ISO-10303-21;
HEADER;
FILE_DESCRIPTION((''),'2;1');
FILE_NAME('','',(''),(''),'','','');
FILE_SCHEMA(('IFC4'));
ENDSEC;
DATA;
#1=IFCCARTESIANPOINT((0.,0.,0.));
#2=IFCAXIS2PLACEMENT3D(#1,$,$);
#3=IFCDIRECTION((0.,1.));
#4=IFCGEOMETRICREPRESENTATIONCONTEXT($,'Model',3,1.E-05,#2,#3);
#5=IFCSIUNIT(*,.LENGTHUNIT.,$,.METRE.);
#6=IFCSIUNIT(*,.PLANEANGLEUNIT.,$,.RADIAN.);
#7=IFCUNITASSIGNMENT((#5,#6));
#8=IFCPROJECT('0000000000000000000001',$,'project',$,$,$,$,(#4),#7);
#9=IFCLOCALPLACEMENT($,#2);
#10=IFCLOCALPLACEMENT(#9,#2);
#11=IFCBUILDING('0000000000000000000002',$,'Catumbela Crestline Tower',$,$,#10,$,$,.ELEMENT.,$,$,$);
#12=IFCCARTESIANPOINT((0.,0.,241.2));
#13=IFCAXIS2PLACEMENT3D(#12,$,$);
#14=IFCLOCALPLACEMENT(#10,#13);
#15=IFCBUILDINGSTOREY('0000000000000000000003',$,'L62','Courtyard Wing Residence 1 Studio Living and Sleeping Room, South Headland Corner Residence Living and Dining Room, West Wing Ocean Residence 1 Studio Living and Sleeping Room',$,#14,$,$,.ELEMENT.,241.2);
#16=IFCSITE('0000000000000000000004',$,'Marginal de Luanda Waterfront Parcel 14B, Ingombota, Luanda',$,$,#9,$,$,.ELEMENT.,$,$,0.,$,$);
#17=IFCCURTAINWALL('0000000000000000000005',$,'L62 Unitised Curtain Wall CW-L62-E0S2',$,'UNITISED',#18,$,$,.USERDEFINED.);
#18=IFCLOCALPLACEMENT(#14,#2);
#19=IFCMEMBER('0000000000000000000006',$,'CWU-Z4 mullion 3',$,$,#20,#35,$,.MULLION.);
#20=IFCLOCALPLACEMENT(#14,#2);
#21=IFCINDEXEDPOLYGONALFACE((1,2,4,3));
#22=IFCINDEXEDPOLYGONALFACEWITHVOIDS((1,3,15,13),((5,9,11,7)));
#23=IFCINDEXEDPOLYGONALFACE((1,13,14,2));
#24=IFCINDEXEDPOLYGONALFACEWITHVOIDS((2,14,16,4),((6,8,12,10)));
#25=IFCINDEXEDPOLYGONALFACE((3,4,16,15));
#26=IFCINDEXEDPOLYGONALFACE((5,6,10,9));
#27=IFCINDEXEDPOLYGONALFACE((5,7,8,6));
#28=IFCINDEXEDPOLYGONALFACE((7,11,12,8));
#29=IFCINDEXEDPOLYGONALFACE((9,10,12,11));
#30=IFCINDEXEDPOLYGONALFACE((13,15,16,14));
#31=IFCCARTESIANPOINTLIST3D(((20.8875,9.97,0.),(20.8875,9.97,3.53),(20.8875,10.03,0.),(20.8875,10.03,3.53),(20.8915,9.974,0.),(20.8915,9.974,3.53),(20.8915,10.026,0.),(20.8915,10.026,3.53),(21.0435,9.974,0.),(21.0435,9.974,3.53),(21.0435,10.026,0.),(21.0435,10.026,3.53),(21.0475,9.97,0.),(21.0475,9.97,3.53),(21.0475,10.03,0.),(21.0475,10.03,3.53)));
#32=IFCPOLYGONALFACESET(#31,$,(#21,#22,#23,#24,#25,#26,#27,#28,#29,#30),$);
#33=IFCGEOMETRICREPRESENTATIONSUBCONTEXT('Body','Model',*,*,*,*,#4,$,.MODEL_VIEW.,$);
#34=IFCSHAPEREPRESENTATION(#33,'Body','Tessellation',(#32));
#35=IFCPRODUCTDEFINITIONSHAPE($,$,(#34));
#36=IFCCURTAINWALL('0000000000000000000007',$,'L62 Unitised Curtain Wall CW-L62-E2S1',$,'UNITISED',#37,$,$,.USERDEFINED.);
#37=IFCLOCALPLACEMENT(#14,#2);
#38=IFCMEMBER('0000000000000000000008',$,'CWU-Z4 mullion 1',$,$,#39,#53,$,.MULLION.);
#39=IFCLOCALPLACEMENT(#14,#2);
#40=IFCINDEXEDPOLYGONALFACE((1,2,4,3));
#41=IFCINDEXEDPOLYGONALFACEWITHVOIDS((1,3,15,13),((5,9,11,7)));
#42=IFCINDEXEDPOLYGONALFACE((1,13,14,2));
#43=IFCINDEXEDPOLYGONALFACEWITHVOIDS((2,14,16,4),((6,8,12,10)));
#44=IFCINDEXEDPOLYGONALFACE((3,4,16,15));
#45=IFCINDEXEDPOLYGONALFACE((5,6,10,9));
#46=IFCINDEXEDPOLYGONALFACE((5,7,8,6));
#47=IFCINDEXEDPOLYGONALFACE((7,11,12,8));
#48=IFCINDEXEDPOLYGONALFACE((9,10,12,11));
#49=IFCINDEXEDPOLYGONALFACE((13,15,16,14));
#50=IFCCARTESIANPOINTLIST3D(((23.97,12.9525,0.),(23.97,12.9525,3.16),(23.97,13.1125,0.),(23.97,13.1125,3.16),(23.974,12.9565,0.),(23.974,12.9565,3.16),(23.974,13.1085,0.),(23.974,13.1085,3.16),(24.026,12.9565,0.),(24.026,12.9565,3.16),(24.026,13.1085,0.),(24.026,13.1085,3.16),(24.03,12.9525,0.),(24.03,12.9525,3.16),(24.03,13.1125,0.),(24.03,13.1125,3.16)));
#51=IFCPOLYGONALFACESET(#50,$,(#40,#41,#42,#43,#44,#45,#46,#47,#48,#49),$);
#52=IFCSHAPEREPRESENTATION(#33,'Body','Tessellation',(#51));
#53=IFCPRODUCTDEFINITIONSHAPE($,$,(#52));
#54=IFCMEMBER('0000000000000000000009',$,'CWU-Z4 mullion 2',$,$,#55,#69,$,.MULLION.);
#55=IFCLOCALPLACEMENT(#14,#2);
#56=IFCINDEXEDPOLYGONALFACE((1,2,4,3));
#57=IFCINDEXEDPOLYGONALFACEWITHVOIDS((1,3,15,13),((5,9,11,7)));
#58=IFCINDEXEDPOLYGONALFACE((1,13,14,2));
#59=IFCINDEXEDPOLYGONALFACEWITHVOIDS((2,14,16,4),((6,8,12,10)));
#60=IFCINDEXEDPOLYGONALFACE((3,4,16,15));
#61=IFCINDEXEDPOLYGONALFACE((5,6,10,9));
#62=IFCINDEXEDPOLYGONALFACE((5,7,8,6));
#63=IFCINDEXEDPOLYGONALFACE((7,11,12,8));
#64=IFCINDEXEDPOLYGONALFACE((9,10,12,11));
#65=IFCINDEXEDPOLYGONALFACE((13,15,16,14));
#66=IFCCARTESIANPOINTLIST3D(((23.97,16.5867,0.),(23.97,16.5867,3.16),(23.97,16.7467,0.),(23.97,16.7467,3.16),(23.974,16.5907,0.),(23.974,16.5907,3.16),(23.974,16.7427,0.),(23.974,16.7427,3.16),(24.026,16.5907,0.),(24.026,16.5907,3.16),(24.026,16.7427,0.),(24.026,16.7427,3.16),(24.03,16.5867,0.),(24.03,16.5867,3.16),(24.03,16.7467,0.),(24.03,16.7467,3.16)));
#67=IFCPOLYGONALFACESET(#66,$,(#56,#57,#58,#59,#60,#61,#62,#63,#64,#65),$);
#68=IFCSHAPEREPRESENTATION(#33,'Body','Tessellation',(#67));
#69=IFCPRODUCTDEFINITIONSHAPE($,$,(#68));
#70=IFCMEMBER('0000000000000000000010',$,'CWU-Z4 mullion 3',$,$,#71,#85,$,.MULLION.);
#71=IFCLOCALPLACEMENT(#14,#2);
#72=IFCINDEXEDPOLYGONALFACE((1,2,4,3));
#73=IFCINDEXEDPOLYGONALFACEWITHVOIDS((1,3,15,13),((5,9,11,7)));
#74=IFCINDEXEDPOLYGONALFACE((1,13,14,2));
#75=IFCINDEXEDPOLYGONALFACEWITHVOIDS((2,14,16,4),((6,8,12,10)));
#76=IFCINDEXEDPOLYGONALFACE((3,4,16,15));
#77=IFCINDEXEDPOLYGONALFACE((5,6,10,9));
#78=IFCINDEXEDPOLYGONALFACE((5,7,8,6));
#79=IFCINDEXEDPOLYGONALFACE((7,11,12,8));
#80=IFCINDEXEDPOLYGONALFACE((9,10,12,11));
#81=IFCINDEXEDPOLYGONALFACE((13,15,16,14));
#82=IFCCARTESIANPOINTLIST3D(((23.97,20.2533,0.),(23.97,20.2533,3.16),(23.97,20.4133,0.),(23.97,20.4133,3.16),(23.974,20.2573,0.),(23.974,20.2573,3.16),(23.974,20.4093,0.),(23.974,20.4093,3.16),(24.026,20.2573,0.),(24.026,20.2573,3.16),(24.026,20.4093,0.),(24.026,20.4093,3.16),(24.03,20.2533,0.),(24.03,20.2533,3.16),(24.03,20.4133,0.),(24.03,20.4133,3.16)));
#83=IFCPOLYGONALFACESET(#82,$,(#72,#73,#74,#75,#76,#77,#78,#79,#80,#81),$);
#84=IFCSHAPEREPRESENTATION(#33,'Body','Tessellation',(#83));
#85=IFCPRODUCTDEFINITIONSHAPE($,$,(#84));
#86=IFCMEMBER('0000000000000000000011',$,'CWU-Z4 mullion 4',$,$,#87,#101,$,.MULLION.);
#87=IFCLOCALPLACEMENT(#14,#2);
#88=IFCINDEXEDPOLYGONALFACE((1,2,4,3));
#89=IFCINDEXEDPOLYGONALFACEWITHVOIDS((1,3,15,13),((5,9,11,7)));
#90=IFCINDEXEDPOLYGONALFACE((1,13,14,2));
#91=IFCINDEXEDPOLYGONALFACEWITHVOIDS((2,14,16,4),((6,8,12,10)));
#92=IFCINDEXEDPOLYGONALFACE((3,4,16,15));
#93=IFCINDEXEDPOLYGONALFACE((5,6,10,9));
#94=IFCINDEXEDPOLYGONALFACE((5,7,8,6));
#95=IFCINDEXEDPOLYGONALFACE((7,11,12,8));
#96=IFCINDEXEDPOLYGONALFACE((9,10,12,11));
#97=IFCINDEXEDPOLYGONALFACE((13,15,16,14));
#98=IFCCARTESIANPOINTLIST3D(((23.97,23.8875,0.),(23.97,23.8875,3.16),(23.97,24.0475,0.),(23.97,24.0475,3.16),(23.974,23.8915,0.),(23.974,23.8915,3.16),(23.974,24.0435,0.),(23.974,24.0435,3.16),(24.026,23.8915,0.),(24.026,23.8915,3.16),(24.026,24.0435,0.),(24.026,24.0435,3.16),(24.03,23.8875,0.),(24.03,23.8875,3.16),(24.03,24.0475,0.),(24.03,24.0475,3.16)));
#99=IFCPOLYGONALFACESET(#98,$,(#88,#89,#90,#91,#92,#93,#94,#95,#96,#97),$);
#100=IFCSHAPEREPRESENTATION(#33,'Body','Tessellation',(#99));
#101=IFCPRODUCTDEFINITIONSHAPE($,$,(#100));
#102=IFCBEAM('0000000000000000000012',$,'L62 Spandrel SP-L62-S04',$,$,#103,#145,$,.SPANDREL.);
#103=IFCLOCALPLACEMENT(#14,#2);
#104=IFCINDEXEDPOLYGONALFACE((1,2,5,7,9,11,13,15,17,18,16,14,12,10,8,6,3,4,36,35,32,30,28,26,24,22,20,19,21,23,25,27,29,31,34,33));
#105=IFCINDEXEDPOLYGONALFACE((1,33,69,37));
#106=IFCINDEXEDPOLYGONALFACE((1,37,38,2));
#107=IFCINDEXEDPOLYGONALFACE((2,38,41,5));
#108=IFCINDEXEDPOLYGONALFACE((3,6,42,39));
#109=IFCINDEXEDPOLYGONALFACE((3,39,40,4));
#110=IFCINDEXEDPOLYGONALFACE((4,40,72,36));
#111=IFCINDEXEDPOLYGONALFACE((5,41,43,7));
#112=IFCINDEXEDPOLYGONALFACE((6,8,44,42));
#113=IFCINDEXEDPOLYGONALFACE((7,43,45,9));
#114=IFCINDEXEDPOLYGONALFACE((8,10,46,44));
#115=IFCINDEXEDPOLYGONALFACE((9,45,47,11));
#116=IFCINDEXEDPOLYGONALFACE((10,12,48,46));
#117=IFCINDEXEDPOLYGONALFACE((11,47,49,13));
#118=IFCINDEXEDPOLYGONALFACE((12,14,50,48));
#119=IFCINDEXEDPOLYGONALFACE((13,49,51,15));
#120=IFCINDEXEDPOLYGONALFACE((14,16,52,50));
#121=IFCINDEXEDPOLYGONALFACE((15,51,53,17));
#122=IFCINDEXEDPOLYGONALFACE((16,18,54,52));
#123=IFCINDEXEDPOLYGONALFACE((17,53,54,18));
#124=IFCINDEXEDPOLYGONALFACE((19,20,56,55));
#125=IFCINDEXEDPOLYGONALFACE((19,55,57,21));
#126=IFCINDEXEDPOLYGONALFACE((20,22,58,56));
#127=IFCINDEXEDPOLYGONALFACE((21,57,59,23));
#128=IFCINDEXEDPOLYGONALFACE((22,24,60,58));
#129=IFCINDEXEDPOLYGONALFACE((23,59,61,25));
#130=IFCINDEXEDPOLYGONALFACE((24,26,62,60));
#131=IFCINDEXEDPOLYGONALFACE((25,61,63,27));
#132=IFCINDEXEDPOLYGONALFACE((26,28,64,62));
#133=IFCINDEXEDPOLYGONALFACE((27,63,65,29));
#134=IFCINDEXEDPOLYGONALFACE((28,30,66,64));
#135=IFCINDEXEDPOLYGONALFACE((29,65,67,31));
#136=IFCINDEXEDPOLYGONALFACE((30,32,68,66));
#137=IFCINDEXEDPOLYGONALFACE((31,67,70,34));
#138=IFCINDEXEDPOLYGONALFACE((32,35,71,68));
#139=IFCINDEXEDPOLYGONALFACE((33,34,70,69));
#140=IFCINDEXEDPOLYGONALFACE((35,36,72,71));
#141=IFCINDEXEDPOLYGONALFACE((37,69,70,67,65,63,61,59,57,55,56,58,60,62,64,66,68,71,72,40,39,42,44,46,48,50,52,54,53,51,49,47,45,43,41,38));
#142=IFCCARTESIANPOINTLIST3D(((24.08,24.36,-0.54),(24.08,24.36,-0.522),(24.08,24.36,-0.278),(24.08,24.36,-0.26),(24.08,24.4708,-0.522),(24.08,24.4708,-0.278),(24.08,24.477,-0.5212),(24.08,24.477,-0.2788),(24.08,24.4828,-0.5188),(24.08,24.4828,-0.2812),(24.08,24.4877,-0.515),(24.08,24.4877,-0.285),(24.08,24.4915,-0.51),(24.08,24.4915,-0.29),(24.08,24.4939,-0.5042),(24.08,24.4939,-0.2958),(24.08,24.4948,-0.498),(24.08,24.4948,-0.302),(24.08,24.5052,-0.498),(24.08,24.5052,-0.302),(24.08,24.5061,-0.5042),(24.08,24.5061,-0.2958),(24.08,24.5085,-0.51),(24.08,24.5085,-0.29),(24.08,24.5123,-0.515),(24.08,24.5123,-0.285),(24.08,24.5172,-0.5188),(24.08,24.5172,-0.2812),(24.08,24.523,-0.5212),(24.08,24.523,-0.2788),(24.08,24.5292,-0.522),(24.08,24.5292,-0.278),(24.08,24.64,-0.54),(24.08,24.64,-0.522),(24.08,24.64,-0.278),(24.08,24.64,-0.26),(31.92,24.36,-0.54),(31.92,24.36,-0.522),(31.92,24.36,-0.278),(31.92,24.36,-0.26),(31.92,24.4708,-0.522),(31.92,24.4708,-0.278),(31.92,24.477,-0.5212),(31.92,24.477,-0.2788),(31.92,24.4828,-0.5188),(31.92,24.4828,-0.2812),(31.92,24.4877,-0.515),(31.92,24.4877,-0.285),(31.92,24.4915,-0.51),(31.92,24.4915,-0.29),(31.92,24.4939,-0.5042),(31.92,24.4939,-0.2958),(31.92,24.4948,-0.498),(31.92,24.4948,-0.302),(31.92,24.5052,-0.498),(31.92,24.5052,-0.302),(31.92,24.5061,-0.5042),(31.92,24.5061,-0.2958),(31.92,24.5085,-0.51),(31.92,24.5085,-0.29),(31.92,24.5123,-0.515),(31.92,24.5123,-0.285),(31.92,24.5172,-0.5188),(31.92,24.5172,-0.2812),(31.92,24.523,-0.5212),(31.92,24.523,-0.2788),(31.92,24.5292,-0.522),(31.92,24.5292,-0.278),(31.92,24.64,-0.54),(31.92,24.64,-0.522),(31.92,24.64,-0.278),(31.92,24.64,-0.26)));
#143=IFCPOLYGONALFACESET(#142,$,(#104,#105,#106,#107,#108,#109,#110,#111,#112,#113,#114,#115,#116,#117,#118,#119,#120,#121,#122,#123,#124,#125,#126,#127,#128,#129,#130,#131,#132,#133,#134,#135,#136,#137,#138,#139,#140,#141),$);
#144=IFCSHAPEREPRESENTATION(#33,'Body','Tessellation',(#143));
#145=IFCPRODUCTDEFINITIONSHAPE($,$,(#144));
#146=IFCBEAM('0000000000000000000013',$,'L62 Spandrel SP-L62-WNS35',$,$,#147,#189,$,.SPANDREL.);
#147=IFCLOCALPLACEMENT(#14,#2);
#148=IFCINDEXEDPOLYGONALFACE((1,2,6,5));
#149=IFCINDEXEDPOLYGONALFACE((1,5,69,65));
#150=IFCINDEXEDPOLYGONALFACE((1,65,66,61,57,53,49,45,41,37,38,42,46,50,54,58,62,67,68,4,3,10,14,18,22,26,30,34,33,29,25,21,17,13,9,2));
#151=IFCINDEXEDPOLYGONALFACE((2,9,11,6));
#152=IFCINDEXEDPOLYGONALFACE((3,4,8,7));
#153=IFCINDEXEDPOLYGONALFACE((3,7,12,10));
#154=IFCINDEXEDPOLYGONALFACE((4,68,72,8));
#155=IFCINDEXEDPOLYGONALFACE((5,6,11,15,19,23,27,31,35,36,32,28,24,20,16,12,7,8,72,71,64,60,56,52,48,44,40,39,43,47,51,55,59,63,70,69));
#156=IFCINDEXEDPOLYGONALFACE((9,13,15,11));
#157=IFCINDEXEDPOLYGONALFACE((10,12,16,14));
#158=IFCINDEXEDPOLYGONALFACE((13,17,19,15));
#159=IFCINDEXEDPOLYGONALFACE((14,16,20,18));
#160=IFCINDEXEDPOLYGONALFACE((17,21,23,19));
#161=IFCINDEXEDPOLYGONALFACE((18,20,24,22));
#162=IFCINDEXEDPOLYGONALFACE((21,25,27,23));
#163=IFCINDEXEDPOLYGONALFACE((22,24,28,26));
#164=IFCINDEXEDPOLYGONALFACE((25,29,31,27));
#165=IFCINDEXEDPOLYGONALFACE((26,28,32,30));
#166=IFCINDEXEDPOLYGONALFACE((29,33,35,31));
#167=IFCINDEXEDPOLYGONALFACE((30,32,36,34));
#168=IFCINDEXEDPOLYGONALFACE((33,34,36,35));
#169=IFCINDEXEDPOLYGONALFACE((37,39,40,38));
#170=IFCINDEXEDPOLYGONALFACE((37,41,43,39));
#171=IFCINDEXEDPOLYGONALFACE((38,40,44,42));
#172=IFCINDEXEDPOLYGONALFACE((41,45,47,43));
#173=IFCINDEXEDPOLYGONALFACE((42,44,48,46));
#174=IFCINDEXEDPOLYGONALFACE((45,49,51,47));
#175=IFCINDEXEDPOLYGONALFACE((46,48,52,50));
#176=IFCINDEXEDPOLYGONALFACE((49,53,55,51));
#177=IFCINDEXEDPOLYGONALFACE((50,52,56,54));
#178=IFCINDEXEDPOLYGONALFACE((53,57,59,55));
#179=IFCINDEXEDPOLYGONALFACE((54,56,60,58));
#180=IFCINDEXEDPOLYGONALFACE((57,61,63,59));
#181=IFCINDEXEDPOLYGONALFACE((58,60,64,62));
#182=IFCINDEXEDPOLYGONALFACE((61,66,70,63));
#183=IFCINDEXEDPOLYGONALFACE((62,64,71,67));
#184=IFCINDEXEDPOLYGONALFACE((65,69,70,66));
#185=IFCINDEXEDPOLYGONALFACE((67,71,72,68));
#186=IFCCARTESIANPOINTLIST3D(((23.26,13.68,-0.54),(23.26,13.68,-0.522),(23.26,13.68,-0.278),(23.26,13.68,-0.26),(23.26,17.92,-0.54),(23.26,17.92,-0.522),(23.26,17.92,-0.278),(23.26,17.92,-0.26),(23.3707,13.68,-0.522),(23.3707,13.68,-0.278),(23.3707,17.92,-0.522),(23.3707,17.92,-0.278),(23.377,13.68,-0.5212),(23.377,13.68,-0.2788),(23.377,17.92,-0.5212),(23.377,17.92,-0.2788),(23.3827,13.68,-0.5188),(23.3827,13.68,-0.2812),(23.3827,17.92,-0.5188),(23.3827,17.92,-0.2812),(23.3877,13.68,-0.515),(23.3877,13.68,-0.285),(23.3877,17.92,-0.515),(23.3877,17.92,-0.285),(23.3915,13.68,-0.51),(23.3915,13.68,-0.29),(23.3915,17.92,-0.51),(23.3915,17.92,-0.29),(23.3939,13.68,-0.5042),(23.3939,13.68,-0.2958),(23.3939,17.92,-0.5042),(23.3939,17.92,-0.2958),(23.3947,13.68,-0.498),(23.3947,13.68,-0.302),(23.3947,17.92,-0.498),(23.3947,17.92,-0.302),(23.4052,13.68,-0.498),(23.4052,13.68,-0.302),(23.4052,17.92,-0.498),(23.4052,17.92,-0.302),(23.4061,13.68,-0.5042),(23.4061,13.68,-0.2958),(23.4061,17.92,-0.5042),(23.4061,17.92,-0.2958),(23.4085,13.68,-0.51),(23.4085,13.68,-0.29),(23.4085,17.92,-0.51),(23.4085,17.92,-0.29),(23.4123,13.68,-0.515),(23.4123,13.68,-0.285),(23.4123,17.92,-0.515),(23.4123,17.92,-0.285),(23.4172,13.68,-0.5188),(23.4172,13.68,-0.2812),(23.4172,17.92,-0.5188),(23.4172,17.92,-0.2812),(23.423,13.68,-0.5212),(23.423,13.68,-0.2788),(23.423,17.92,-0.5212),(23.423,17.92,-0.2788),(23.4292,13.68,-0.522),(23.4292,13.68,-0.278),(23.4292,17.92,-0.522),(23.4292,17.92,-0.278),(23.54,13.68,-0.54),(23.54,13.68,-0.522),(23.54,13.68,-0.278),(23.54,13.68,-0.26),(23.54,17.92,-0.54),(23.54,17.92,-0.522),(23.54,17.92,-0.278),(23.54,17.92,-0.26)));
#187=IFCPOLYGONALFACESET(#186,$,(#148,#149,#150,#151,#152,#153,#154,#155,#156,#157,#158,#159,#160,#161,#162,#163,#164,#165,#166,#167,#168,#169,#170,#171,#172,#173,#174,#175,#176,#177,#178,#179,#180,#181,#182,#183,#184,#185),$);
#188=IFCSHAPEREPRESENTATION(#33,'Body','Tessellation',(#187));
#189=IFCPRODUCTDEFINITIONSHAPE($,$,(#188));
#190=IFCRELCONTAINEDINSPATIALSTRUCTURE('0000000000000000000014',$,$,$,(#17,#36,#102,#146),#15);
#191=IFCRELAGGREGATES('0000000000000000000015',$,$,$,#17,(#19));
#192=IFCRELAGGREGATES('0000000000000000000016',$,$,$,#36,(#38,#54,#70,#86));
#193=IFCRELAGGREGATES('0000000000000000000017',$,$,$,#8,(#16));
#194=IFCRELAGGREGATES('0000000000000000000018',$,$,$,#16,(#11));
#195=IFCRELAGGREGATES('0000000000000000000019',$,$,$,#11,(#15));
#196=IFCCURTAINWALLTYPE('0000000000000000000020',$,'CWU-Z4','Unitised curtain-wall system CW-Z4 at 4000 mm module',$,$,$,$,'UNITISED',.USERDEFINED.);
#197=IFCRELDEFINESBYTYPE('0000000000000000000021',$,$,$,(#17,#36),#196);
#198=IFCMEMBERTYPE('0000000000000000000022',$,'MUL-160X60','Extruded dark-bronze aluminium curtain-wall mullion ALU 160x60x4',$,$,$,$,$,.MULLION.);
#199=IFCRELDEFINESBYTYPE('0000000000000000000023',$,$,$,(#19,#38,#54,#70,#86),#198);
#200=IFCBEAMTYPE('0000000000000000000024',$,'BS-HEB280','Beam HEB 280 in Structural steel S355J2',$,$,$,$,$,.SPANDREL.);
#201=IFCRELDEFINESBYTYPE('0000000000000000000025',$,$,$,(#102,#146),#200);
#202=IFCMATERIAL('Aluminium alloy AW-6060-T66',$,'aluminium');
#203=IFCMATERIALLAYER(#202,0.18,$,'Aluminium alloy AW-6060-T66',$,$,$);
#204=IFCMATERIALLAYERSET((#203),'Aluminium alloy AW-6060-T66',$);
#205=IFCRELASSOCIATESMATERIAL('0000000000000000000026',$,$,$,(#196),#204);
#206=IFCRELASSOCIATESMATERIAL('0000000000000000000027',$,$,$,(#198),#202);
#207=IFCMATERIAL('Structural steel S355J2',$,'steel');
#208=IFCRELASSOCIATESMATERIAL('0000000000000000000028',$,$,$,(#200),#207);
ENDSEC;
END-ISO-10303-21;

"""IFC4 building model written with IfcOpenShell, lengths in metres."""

from ifc_helpers import new_model, si_unit, direction, frame, origin, origin_2d, place, context, subcontext, project, spatial, hollow_rectangle, i_section, extrude, material, layer, layer_set, material_profile, profile_set, type_object, element, aggregate, save


model = new_model("IFC4")

# Units and contexts
model_context = context("Model", 3, precision=1e-05, world=origin(), true_north=direction((0.0, 1.0)))
body_context = subcontext(model_context, "Body", "Model", "MODEL_VIEW")
ifc_project = project(units=[si_unit("LENGTHUNIT", "METRE"), si_unit("PLANEANGLEUNIT", "RADIAN")], contexts=[model_context])

# Site, building, storey
site_placement = place(None, origin())
site = spatial("IfcSite", under=ifc_project, at=site_placement, Name="Marginal de Luanda Waterfront Parcel 14B, Ingombota, Luanda", CompositionType="ELEMENT", RefElevation=0.0)
building_placement = place(site_placement, origin())
building = spatial("IfcBuilding", under=site, at=building_placement, Name="Catumbela Crestline Tower", CompositionType="ELEMENT")
storey_placement = place(building_placement, frame((0.0, 0.0, 241.2)))
storey = spatial("IfcBuildingStorey", under=building, at=storey_placement, Name="L62", Description="Courtyard Wing Residence 1 Studio Living and Sleeping Room, South Headland Corner Residence Living and Dining Room, West Wing Ocean Residence 1 Studio Living and Sleeping Room", CompositionType="ELEMENT", Elevation=241.2)

# Shared definitions
ifc_material_1 = material(Name="Structural steel S355J2", Category="steel")

# Curtain wall, member
ifc_material_2 = material(Name="Aluminium alloy AW-6060-T66", Category="aluminium")
ifc_layer_1 = layer(ifc_material_2, 0.18, Name="Aluminium alloy AW-6060-T66")
ifc_layer_set_1 = layer_set([ifc_layer_1], Name="Aluminium alloy AW-6060-T66")
curtain_wall_type = type_object("IfcCurtainWallType", Name="CWU-Z4", Description="Unitised curtain-wall system CW-Z4 at 4000 mm module", ElementType="UNITISED", PredefinedType="USERDEFINED", material=ifc_layer_set_1)
curtain_wall_1_placement = place(storey_placement, origin())
curtain_wall_1 = element("IfcCurtainWall", 1, at=curtain_wall_1_placement, inside=storey, type_object=curtain_wall_type, Name="L62 Unitised Curtain Wall CW-L62-E0S2", ObjectType="UNITISED", PredefinedType="USERDEFINED")
ifc_material_profile_1 = material_profile(ifc_material_2, hollow_rectangle(XDim=0.06, YDim=0.16, WallThickness=0.004, at=origin_2d()), Name="ALU 160x60x4")
ifc_profile_set_1 = profile_set([ifc_material_profile_1], Name="Aluminium alloy AW-6060-T66")
member_type_1 = type_object("IfcMemberType", Name="MUL-160X60", Description="Extruded dark-bronze aluminium curtain-wall mullion ALU 160x60x4", PredefinedType="MULLION", material=ifc_profile_set_1)
member_1_placement = place(storey_placement, frame((20.9675, 10.0, 0.0), z_axis=(0.0, 0.0, 1.0), x_axis=(0.0, 1.0, 0.0)))
member_1 = element("IfcMember", 2, at=member_1_placement, type_object=member_type_1, Name="CWU-Z4 mullion 3", PredefinedType="MULLION", context=body_context, shape_type="SweptSolid", body=[
    extrude(hollow_rectangle(XDim=0.06, YDim=0.16, WallThickness=0.004, at=origin_2d()), origin(), (0.0, 0.0, 1.0), 3.53),
])

# Curtain wall, members
curtain_wall_2_placement = place(storey_placement, origin())
curtain_wall_2 = element("IfcCurtainWall", 3, at=curtain_wall_2_placement, inside=storey, type_object=curtain_wall_type, Name="L62 Unitised Curtain Wall CW-L62-E2S1", ObjectType="UNITISED", PredefinedType="USERDEFINED")
member_2_placement = place(storey_placement, frame((24.0, 13.0325, 0.0), z_axis=(0.0, 0.0, 1.0), x_axis=(-1.0, 0.0, 0.0)))
member_2 = element("IfcMember", 4, at=member_2_placement, type_object=member_type_1, Name="CWU-Z4 mullion 1", PredefinedType="MULLION", context=body_context, shape_type="SweptSolid", body=[
    extrude(hollow_rectangle(XDim=0.06, YDim=0.16, WallThickness=0.004, at=origin_2d()), origin(), (0.0, 0.0, 1.0), 3.16),
])
member_3_placement = place(storey_placement, frame((24.0, 16.6667, 0.0), z_axis=(0.0, 0.0, 1.0), x_axis=(-1.0, 0.0, 0.0)))
member_3 = element("IfcMember", 5, at=member_3_placement, type_object=member_type_1, Name="CWU-Z4 mullion 2", PredefinedType="MULLION", context=body_context, shape_type="SweptSolid", body=[
    extrude(hollow_rectangle(XDim=0.06, YDim=0.16, WallThickness=0.004, at=origin_2d()), origin(), (0.0, 0.0, 1.0), 3.16),
])
member_4_placement = place(storey_placement, frame((24.0, 20.3333, 0.0), z_axis=(0.0, 0.0, 1.0), x_axis=(-1.0, 0.0, 0.0)))
member_4 = element("IfcMember", 6, at=member_4_placement, type_object=member_type_1, Name="CWU-Z4 mullion 3", PredefinedType="MULLION", context=body_context, shape_type="SweptSolid", body=[
    extrude(hollow_rectangle(XDim=0.06, YDim=0.16, WallThickness=0.004, at=origin_2d()), origin(), (0.0, 0.0, 1.0), 3.16),
])
member_5_placement = place(storey_placement, frame((24.0, 23.9675, 0.0), z_axis=(0.0, 0.0, 1.0), x_axis=(-1.0, 0.0, 0.0)))
member_5 = element("IfcMember", 7, at=member_5_placement, type_object=member_type_1, Name="CWU-Z4 mullion 4", PredefinedType="MULLION", context=body_context, shape_type="SweptSolid", body=[
    extrude(hollow_rectangle(XDim=0.06, YDim=0.16, WallThickness=0.004, at=origin_2d()), origin(), (0.0, 0.0, 1.0), 3.16),
])

# Beams
ifc_material_profile_2 = material_profile(ifc_material_1, i_section(OverallWidth=0.28, OverallDepth=0.28, WebThickness=0.0105, FlangeThickness=0.018, FilletRadius=0.024, at=origin_2d()), Name="HEB 280")
ifc_profile_set_2 = profile_set([ifc_material_profile_2], Name="Structural steel S355J2")
beam_type_1 = type_object("IfcBeamType", Name="BS-HEB280", Description="Beam HEB 280 in Structural steel S355J2", PredefinedType="SPANDREL", material=ifc_profile_set_2)
beam_1_placement = place(storey_placement, frame((24.08, 24.5, -0.4), z_axis=(1.0, 0.0, 0.0), x_axis=(0.0, 1.0, 0.0)))
element("IfcBeam", 8, at=beam_1_placement, inside=storey, type_object=beam_type_1, Name="L62 Spandrel SP-L62-S04", PredefinedType="SPANDREL", context=body_context, shape_type="SweptSolid", body=[
    extrude(i_section(OverallWidth=0.28, OverallDepth=0.28, WebThickness=0.0105, FlangeThickness=0.018, FilletRadius=0.024, at=origin_2d()), origin(), (0.0, 0.0, 1.0), 7.84),
])
beam_2_placement = place(storey_placement, frame((23.4, 13.68, -0.4), z_axis=(0.0, 1.0, 0.0), x_axis=(-1.0, 0.0, 0.0)))
element("IfcBeam", 9, at=beam_2_placement, inside=storey, type_object=beam_type_1, Name="L62 Spandrel SP-L62-WNS35", PredefinedType="SPANDREL", context=body_context, shape_type="SweptSolid", body=[
    extrude(i_section(OverallWidth=0.28, OverallDepth=0.28, WebThickness=0.0105, FlangeThickness=0.018, FilletRadius=0.024, at=origin_2d()), origin(), (0.0, 0.0, 1.0), 4.24),
])

aggregate(curtain_wall_1, [member_1])
aggregate(curtain_wall_2, [member_2, member_3, member_4, member_5])

save(model, "model.ifc")
